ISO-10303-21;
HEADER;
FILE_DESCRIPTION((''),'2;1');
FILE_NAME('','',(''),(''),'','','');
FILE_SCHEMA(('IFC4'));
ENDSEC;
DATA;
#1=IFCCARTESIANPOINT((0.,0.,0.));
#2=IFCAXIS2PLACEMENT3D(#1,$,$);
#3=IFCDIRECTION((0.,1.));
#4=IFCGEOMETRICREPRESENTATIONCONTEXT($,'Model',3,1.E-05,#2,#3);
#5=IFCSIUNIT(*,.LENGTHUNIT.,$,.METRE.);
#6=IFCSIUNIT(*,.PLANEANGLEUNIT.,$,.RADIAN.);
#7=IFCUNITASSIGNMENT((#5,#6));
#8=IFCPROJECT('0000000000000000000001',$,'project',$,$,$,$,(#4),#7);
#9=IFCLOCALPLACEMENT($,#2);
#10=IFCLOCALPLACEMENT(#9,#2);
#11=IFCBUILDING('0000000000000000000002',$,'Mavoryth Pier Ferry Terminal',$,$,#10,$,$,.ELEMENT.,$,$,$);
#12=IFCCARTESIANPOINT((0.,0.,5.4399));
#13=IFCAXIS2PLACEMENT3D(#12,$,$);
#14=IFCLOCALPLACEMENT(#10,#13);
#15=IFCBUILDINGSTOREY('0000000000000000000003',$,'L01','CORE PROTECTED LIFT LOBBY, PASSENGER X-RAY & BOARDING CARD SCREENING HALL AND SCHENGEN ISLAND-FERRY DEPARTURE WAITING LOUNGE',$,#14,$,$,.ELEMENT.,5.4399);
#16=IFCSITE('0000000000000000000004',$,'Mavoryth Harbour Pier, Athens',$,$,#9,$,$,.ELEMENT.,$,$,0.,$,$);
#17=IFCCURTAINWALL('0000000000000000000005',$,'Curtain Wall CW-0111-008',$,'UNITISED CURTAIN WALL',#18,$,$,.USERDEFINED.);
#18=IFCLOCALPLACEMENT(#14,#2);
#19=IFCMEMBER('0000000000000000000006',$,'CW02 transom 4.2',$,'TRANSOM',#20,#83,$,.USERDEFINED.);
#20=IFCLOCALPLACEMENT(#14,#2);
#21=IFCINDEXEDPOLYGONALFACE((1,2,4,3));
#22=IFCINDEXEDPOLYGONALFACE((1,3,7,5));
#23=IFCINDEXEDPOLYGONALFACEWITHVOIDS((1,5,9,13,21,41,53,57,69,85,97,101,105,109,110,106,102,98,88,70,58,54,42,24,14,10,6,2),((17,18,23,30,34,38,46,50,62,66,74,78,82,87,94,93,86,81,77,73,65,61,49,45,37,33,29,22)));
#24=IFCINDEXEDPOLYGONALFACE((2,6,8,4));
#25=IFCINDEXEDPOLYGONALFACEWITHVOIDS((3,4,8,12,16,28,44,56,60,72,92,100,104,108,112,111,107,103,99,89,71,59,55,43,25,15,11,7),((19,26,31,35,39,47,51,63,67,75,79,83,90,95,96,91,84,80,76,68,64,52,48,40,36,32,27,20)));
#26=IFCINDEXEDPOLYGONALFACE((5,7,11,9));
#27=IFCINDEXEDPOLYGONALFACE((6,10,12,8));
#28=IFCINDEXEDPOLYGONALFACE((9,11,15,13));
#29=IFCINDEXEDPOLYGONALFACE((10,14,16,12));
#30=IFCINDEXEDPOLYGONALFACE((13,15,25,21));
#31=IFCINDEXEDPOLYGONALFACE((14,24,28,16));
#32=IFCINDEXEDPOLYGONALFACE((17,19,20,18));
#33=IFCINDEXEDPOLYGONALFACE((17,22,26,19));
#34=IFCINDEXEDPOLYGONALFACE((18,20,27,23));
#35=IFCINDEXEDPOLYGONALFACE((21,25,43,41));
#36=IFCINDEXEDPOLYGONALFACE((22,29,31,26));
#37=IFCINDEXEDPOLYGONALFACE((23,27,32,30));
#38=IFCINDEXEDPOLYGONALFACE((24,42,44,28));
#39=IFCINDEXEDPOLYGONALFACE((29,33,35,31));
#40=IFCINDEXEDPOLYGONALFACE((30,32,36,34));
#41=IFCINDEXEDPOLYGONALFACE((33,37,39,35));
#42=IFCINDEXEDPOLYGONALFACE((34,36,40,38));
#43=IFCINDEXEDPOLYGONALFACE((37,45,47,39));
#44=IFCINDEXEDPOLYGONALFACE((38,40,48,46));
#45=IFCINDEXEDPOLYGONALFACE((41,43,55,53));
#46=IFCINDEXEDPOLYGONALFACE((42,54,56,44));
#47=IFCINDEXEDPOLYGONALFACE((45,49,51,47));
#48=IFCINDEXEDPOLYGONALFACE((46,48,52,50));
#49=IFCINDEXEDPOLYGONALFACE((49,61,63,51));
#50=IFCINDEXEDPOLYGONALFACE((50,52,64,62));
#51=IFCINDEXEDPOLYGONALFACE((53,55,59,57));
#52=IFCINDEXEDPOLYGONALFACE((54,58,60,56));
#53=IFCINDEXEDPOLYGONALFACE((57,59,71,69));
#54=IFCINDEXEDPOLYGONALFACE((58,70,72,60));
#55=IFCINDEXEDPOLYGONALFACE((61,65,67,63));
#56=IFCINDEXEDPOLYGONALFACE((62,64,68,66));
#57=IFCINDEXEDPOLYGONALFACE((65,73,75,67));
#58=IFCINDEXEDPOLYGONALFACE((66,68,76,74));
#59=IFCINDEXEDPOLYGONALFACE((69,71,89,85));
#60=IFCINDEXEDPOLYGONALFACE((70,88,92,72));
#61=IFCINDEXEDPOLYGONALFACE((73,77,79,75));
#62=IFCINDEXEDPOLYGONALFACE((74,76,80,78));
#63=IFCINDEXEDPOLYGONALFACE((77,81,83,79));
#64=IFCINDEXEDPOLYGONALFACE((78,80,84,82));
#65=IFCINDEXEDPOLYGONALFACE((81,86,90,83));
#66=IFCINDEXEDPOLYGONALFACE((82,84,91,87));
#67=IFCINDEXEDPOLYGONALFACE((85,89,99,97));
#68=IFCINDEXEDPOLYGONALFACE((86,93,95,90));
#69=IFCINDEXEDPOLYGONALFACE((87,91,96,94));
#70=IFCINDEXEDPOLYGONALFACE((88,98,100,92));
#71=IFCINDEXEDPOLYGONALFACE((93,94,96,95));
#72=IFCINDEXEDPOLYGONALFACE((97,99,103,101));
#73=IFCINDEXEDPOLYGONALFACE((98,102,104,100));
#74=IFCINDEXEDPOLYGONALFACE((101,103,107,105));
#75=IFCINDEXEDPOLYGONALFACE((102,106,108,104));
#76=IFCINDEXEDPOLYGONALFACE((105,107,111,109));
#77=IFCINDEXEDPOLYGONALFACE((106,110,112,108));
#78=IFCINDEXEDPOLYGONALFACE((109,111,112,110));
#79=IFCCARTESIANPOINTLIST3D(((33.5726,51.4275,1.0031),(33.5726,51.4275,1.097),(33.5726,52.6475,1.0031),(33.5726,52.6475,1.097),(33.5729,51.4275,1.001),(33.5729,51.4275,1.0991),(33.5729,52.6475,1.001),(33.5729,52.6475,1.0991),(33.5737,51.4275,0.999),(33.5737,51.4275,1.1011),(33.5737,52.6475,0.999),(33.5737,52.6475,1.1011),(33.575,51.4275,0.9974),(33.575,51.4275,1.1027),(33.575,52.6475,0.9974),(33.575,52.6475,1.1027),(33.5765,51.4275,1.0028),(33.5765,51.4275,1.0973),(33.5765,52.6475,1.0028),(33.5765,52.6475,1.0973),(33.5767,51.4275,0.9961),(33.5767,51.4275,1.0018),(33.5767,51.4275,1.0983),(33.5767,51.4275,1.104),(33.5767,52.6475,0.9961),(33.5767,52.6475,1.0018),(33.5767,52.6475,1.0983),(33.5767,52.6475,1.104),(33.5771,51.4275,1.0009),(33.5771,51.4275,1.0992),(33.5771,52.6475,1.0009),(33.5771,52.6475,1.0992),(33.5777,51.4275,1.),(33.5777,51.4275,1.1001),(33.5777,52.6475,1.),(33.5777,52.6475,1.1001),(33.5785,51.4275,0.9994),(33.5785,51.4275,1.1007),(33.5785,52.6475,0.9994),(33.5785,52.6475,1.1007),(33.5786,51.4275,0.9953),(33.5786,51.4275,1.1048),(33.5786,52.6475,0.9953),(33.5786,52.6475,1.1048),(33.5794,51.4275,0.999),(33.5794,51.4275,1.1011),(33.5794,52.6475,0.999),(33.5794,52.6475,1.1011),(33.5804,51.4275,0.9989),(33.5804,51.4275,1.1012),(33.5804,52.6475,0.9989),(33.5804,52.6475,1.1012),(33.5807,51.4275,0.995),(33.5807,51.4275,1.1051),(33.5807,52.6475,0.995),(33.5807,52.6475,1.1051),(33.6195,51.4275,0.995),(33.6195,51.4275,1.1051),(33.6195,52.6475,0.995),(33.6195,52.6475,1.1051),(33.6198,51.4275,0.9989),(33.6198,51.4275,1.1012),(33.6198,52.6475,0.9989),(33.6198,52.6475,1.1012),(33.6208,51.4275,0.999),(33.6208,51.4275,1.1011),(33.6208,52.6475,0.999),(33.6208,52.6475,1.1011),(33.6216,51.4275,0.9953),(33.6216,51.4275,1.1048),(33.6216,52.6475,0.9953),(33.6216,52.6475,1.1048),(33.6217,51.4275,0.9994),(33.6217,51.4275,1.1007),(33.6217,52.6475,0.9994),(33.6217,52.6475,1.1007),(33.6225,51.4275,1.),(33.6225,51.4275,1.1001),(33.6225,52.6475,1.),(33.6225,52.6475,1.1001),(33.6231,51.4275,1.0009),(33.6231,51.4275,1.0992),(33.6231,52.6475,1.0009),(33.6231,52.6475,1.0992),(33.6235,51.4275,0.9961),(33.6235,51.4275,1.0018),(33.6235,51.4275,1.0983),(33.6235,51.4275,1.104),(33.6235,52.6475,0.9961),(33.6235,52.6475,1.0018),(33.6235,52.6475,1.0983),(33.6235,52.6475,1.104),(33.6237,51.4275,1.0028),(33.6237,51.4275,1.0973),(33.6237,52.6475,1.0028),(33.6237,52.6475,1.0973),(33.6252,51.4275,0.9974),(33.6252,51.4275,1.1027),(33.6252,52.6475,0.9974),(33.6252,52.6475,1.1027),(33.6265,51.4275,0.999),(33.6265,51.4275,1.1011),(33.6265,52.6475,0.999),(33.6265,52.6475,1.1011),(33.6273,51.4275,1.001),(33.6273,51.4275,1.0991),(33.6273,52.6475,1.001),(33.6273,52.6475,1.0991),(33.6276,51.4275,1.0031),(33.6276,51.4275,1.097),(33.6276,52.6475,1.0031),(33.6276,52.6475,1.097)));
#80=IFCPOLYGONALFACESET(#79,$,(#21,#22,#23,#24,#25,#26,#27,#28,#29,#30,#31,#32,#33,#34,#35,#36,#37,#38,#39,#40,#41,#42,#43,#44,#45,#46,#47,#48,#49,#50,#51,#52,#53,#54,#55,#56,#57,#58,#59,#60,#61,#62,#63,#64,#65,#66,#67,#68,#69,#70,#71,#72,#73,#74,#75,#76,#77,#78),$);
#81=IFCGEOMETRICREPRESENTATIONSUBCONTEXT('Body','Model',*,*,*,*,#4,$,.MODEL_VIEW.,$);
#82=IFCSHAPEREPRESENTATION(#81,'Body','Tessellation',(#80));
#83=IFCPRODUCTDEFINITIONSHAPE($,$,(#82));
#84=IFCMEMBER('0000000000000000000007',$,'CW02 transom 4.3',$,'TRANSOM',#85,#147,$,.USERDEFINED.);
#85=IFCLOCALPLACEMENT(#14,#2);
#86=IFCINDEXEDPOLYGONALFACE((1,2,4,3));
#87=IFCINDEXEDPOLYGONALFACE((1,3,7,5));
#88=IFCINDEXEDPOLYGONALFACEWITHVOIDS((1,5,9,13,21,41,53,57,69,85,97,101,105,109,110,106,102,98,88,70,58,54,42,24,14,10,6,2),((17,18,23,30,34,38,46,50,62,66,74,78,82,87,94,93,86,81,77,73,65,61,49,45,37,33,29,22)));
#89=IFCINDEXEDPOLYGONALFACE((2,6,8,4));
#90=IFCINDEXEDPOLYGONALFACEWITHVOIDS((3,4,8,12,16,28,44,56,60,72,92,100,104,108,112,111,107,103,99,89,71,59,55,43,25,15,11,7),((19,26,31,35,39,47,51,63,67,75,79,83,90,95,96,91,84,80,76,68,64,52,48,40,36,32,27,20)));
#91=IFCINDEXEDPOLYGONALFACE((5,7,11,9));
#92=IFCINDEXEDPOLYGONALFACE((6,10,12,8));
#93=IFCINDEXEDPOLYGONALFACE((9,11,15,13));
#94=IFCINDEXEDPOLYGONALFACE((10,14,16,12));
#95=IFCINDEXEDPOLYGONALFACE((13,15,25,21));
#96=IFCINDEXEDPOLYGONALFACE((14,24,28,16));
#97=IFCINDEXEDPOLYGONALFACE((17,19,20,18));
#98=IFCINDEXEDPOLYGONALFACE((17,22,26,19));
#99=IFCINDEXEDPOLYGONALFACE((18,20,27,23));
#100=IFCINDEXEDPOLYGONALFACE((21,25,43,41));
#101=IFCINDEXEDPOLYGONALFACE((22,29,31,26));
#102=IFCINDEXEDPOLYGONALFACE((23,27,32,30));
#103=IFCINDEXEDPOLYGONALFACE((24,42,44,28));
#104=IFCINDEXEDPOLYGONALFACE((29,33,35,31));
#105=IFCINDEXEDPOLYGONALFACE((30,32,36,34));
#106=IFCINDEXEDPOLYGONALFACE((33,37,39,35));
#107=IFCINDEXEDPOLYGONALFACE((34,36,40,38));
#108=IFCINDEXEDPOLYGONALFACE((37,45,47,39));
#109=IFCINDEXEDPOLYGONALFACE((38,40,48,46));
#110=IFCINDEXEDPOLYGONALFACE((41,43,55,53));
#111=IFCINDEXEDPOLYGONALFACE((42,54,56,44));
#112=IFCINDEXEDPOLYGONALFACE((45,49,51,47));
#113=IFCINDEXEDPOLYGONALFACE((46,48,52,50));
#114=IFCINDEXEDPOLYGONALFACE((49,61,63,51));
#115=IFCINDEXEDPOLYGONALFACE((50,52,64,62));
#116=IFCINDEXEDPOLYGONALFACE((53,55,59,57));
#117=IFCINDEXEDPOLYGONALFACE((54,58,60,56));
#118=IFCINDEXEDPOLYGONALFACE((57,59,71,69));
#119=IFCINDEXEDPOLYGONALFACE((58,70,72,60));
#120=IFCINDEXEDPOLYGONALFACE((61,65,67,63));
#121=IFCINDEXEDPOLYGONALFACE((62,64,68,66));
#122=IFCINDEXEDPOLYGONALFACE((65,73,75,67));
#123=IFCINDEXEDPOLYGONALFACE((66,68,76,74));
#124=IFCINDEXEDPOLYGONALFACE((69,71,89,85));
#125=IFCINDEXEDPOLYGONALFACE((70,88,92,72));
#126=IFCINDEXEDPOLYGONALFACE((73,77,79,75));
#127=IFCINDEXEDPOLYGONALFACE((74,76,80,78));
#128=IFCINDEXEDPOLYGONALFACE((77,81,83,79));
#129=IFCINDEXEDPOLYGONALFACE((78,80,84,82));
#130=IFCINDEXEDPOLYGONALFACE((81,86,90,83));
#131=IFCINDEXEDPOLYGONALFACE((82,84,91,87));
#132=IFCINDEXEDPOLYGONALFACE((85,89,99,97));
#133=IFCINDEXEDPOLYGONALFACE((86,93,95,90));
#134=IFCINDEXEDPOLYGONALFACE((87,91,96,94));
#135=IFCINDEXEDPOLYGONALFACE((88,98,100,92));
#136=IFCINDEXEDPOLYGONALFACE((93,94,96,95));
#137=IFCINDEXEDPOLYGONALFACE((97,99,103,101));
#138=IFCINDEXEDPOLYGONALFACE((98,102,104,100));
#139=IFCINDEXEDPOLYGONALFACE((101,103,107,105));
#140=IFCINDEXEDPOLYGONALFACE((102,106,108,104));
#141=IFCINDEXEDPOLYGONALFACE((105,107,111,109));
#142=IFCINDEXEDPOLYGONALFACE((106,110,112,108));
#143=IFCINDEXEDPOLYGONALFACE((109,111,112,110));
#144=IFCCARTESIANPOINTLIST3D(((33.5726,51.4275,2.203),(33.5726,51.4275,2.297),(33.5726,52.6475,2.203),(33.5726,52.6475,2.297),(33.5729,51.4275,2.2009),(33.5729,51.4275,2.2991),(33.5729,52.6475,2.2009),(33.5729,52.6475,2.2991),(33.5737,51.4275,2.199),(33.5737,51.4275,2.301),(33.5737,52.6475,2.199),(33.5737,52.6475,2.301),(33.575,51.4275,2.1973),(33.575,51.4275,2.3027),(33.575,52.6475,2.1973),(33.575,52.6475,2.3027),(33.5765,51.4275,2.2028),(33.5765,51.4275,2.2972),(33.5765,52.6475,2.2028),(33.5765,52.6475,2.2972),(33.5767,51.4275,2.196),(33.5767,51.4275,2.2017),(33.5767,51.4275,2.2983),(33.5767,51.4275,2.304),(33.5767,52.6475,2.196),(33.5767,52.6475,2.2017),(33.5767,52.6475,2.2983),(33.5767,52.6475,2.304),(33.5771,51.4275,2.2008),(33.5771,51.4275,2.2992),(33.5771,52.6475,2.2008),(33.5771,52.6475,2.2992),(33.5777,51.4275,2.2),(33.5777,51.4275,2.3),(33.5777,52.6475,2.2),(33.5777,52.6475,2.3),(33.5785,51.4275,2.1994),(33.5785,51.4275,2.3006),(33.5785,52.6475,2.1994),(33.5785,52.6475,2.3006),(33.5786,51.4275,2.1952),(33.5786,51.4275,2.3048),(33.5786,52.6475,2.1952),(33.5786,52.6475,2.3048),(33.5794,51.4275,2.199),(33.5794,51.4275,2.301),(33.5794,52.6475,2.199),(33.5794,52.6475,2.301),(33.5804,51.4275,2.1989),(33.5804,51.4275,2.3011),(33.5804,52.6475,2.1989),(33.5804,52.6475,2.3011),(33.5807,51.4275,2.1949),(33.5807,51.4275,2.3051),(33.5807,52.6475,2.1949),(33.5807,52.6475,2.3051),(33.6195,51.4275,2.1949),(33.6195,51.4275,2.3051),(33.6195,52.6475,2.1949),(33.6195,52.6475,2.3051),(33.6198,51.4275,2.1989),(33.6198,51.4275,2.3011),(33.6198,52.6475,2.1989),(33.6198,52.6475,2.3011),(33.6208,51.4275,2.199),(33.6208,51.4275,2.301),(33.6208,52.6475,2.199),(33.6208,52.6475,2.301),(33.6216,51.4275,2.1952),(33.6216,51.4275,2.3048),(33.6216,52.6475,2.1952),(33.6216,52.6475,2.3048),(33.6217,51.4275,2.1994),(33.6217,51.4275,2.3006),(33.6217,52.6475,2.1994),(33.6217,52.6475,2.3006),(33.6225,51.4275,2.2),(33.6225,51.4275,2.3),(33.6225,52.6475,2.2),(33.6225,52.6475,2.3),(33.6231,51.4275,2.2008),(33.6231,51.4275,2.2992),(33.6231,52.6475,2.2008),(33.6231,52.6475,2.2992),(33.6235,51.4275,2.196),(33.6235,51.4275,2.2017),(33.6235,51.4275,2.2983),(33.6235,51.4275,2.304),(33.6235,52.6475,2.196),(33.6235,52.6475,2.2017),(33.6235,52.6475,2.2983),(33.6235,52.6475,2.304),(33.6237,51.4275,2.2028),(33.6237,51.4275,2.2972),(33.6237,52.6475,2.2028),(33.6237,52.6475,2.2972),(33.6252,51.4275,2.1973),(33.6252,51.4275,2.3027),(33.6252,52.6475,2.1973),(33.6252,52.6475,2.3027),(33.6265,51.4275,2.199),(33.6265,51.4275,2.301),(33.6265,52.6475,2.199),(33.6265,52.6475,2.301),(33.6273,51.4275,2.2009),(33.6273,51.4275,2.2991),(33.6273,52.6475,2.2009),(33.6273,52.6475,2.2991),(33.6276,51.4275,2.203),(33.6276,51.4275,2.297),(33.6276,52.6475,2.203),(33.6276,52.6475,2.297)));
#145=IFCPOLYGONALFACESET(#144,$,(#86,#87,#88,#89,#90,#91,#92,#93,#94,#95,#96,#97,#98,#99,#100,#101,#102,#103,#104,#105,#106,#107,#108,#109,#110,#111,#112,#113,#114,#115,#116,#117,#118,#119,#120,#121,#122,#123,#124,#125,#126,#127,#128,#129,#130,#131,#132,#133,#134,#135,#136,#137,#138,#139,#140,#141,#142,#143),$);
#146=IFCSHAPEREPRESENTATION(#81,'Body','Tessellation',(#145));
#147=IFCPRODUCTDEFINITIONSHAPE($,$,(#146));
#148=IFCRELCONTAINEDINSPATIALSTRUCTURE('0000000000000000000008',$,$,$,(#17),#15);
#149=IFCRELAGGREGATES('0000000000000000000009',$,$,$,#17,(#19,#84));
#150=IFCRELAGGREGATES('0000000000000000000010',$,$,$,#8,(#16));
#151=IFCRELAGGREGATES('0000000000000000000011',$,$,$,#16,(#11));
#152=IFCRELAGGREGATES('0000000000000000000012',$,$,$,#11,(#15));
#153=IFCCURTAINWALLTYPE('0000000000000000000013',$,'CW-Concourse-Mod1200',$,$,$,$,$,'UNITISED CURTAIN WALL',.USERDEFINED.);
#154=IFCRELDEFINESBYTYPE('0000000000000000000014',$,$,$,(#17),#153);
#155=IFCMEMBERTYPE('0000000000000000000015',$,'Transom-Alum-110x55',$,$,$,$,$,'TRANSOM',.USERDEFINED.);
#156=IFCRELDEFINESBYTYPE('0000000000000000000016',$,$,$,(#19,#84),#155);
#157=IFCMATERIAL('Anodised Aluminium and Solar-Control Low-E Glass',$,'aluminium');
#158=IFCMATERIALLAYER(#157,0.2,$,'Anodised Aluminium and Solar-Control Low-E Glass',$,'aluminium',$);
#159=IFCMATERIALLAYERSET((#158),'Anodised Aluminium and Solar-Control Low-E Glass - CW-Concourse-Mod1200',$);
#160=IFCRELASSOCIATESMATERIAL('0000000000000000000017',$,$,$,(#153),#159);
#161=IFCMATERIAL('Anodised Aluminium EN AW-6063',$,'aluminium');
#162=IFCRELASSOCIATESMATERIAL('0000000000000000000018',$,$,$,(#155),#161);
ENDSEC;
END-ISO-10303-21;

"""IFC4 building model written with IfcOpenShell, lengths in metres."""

from ifc_helpers import new_model, si_unit, direction, frame, origin, origin_2d, place, context, subcontext, project, spatial, hollow_rectangle, extrude, material, layer, layer_set, material_profile, profile_set, type_object, element, aggregate, save


model = new_model("IFC4")

# Units and contexts
model_context = context("Model", 3, precision=1e-05, world=origin(), true_north=direction((0.0, 1.0)))
body_context = subcontext(model_context, "Body", "Model", "MODEL_VIEW")
ifc_project = project(units=[si_unit("LENGTHUNIT", "METRE"), si_unit("PLANEANGLEUNIT", "RADIAN")], contexts=[model_context])

# Site, building, storey
site_placement = place(None, origin())
site = spatial("IfcSite", under=ifc_project, at=site_placement, Name="Mavoryth Harbour Pier, Athens", CompositionType="ELEMENT", RefElevation=0.0)
building_placement = place(site_placement, origin())
building = spatial("IfcBuilding", under=site, at=building_placement, Name="Mavoryth Pier Ferry Terminal", CompositionType="ELEMENT")
storey_placement = place(building_placement, frame((0.0, 0.0, 5.4399)))
storey = spatial("IfcBuildingStorey", under=building, at=storey_placement, Name="L01", Description="CORE PROTECTED LIFT LOBBY, PASSENGER X-RAY & BOARDING CARD SCREENING HALL AND SCHENGEN ISLAND-FERRY DEPARTURE WAITING LOUNGE", CompositionType="ELEMENT", Elevation=5.4399)

# Curtain wall
ifc_material_1 = material(Name="Anodised Aluminium and Solar-Control Low-E Glass", Category="aluminium")
ifc_layer_1 = layer(ifc_material_1, 0.2, Name="Anodised Aluminium and Solar-Control Low-E Glass", Category="aluminium")
ifc_layer_set_1 = layer_set([ifc_layer_1], Name="Anodised Aluminium and Solar-Control Low-E Glass - CW-Concourse-Mod1200")
curtain_wall_type = type_object("IfcCurtainWallType", Name="CW-Concourse-Mod1200", ElementType="UNITISED CURTAIN WALL", PredefinedType="USERDEFINED", material=ifc_layer_set_1)
curtain_wall_1_placement = place(storey_placement, origin())
curtain_wall_1 = element("IfcCurtainWall", 1, at=curtain_wall_1_placement, inside=storey, type_object=curtain_wall_type, Name="Curtain Wall CW-0111-008", ObjectType="UNITISED CURTAIN WALL", PredefinedType="USERDEFINED")
ifc_material_2 = material(Name="Anodised Aluminium EN AW-6063", Category="aluminium")

# Members
ifc_material_profile_1 = material_profile(ifc_material_2, hollow_rectangle(XDim=0.0549, YDim=0.1101, WallThickness=0.0039, InnerFilletRadius=0.0039, OuterFilletRadius=0.0081, at=origin_2d()), Name="AL-TRAN 110x55x4", Category="aluminium")
ifc_profile_set_1 = profile_set([ifc_material_profile_1], Name="Anodised Aluminium EN AW-6063 - AL-TRAN 110x55x4")
member_type_1 = type_object("IfcMemberType", Name="Transom-Alum-110x55", ElementType="TRANSOM", PredefinedType="USERDEFINED", material=ifc_profile_set_1)
member_1_placement = place(storey_placement, frame((33.6001, 51.4275, 1.05), z_axis=(0.0, 1.0, 0.0), x_axis=(-1.0, 0.0, 0.0)))
member_1 = element("IfcMember", 2, at=member_1_placement, type_object=member_type_1, Name="CW02 transom 4.2", ObjectType="TRANSOM", PredefinedType="USERDEFINED", context=body_context, shape_type="SweptSolid", body=[
    extrude(hollow_rectangle(XDim=0.0549, YDim=0.1101, WallThickness=0.0039, InnerFilletRadius=0.0039, OuterFilletRadius=0.0081, at=origin_2d()), origin(), (0.0, 0.0, 1.0), 1.22),
])
member_2_placement = place(storey_placement, frame((33.6001, 51.4275, 2.25), z_axis=(0.0, 1.0, 0.0), x_axis=(-1.0, 0.0, 0.0)))
member_2 = element("IfcMember", 3, at=member_2_placement, type_object=member_type_1, Name="CW02 transom 4.3", ObjectType="TRANSOM", PredefinedType="USERDEFINED", context=body_context, shape_type="SweptSolid", body=[
    extrude(hollow_rectangle(XDim=0.0549, YDim=0.1101, WallThickness=0.0039, InnerFilletRadius=0.0039, OuterFilletRadius=0.0081, at=origin_2d()), origin(), (0.0, 0.0, 1.0), 1.22),
])

aggregate(curtain_wall_1, [member_1, member_2])

save(model, "model.ifc")
